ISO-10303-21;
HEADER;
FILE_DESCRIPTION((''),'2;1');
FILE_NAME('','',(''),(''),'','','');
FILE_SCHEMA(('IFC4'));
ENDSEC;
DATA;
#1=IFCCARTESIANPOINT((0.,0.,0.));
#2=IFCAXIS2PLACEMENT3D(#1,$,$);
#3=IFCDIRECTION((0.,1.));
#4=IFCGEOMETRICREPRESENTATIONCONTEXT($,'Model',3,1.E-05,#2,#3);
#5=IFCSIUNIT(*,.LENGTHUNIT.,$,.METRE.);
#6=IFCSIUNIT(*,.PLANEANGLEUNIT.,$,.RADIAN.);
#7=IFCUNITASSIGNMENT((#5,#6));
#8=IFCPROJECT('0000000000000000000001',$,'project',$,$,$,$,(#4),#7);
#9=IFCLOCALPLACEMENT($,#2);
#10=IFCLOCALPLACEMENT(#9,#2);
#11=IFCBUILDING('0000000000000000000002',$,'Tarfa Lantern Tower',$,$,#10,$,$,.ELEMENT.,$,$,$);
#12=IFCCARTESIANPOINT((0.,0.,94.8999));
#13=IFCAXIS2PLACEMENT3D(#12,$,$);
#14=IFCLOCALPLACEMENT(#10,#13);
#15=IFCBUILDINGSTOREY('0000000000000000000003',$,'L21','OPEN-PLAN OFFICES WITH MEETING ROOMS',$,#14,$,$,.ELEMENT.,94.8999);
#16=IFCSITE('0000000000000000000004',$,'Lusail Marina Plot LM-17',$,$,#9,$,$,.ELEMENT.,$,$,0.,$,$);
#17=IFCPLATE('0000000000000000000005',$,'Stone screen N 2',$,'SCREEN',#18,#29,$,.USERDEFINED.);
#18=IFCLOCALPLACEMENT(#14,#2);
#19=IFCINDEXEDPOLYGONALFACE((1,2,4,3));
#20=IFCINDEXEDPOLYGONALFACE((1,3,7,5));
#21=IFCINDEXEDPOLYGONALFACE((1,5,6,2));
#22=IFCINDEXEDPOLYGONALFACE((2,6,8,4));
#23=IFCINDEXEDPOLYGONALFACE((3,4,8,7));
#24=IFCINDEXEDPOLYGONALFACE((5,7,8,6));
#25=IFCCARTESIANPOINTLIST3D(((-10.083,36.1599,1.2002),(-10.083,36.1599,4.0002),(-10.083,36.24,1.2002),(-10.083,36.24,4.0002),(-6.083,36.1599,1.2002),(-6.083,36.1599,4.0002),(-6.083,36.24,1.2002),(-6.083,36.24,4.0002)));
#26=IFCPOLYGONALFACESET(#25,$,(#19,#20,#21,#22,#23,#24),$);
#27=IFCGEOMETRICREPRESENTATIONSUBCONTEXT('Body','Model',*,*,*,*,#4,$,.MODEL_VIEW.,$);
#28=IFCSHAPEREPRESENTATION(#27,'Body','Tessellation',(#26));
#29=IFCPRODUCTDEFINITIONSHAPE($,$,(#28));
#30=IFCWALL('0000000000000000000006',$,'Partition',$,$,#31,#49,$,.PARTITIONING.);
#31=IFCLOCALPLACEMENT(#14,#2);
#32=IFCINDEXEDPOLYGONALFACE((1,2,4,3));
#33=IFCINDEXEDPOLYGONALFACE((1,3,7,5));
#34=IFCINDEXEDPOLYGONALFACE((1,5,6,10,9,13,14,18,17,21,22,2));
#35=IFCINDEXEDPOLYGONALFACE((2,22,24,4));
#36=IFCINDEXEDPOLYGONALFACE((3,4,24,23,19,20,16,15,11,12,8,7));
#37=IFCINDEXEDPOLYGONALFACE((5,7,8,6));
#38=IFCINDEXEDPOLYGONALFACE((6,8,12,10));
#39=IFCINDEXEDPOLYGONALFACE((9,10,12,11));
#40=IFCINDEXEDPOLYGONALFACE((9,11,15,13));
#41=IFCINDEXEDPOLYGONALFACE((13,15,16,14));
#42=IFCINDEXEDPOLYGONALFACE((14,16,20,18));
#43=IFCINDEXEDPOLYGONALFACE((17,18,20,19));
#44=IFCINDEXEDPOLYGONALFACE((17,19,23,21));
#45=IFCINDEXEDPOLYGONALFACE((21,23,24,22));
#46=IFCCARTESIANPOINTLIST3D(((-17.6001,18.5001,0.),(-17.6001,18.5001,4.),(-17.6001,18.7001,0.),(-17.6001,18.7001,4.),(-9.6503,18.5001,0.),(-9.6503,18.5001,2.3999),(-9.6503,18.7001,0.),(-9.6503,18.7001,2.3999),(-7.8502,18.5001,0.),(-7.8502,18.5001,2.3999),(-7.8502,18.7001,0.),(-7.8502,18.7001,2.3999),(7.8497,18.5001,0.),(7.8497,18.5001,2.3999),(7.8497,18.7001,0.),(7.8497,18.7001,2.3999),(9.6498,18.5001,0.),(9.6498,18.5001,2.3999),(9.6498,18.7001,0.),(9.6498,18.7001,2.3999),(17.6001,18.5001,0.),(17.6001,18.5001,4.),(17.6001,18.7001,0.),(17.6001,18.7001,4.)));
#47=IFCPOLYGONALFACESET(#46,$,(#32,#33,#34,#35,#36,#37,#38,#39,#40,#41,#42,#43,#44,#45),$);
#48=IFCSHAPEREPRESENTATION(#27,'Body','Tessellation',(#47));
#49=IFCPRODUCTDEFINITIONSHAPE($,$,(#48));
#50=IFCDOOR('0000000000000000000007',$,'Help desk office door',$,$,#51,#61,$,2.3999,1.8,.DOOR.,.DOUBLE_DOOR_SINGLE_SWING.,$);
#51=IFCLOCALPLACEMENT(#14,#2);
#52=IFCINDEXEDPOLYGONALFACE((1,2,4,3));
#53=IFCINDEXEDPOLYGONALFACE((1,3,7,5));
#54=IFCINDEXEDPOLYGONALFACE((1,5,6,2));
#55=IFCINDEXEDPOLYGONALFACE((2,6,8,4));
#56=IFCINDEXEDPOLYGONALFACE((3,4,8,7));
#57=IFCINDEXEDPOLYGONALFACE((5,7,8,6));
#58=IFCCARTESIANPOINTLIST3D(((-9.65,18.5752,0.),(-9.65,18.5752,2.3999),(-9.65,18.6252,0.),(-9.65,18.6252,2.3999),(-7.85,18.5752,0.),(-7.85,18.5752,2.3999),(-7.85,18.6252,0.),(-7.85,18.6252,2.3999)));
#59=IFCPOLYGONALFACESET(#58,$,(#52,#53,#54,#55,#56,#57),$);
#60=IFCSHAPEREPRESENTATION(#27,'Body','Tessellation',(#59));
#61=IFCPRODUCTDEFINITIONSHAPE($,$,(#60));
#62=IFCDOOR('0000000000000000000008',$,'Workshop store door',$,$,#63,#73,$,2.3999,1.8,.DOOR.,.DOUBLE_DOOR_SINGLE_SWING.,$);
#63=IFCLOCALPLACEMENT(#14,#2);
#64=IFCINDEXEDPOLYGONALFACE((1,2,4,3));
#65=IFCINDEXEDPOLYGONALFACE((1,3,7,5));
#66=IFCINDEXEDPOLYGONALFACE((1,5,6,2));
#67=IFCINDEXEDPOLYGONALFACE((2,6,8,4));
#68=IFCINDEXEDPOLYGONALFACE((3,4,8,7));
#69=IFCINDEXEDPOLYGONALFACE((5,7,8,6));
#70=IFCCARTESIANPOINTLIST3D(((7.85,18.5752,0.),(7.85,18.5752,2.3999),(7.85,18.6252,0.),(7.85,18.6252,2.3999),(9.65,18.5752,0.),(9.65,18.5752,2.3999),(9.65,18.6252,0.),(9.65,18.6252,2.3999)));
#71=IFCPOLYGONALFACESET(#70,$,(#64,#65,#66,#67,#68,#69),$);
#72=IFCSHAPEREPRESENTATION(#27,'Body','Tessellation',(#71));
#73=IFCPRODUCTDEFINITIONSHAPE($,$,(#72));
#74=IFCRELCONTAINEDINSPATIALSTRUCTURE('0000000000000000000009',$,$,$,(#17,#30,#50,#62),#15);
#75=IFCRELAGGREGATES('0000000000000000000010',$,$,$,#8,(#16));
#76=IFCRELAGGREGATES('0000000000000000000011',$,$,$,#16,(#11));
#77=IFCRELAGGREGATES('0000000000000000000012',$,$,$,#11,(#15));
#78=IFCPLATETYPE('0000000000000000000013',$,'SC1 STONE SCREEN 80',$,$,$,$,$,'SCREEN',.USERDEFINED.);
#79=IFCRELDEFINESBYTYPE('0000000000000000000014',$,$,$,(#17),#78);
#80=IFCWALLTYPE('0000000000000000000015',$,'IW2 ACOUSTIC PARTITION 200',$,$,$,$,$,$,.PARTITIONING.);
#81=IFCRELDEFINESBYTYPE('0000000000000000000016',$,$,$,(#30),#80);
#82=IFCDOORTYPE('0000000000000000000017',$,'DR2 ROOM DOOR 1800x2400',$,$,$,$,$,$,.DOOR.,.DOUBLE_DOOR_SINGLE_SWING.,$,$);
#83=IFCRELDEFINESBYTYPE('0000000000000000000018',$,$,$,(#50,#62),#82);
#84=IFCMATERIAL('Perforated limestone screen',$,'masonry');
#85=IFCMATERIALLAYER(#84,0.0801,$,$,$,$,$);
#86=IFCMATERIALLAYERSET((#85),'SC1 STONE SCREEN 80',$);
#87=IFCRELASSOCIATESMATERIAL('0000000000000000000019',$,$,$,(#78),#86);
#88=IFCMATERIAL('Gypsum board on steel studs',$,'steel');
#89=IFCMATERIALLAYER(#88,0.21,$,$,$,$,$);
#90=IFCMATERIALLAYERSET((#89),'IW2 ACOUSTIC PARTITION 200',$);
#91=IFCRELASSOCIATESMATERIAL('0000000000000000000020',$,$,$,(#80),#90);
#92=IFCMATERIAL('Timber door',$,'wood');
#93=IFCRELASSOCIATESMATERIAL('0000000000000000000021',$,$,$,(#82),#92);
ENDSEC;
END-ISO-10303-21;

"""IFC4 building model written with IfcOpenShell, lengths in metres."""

from ifc_helpers import new_model, si_unit, direction, frame, frame_2d, origin, origin_2d, place, context, subcontext, project, spatial, rectangle, extrude, material, layer, layer_set, type_object, element, fill, save


model = new_model("IFC4")

# Units and contexts
model_context = context("Model", 3, precision=1e-05, world=origin(), true_north=direction((0.0, 1.0)))
body_context = subcontext(model_context, "Body", "Model", "MODEL_VIEW")
ifc_project = project(units=[si_unit("LENGTHUNIT", "METRE"), si_unit("PLANEANGLEUNIT", "RADIAN")], contexts=[model_context])

# Site, building, storey
site_placement = place(None, origin())
site = spatial("IfcSite", under=ifc_project, at=site_placement, Name="Lusail Marina Plot LM-17", CompositionType="ELEMENT", RefElevation=0.0)
building_placement = place(site_placement, origin())
building = spatial("IfcBuilding", under=site, at=building_placement, Name="Tarfa Lantern Tower", CompositionType="ELEMENT")
storey_placement = place(building_placement, frame((0.0, 0.0, 94.8999)))
storey = spatial("IfcBuildingStorey", under=building, at=storey_placement, Name="L21", Description="OPEN-PLAN OFFICES WITH MEETING ROOMS", CompositionType="ELEMENT", Elevation=94.8999)

# Plate
ifc_material_1 = material(Name="Perforated limestone screen", Category="masonry")
ifc_layer_1 = layer(ifc_material_1, 0.0801)
ifc_layer_set_1 = layer_set([ifc_layer_1], Name="SC1 STONE SCREEN 80")
plate_type_1 = type_object("IfcPlateType", Name="SC1 STONE SCREEN 80", ElementType="SCREEN", PredefinedType="USERDEFINED", material=ifc_layer_set_1)
plate_1_placement = place(storey_placement, frame((-8.083, 36.2, 1.2002), z_axis=(0.0, 0.0, 1.0), x_axis=(-1.0, 0.0, 0.0)))
element("IfcPlate", 1, at=plate_1_placement, inside=storey, type_object=plate_type_1, Name="Stone screen N 2", ObjectType="SCREEN", PredefinedType="USERDEFINED", context=body_context, shape_type="SweptSolid", body=[
    extrude(rectangle(XDim=4.0, YDim=0.0801, at=origin_2d()), origin(), (0.0, 0.0, 1.0), 2.8),
])

# Wall, openings, doors
ifc_material_2 = material(Name="Gypsum board on steel studs", Category="steel")
ifc_layer_2 = layer(ifc_material_2, 0.21)
ifc_layer_set_2 = layer_set([ifc_layer_2], Name="IW2 ACOUSTIC PARTITION 200")
wall_type = type_object("IfcWallType", Name="IW2 ACOUSTIC PARTITION 200", PredefinedType="PARTITIONING", material=ifc_layer_set_2)
wall_placement = place(storey_placement, frame((-17.6001, 18.6001, 0.0), z_axis=(0.0, 0.0, 1.0), x_axis=(1.0, 0.0, 0.0)))
wall = element("IfcWall", 2, at=wall_placement, inside=storey, type_object=wall_type, Name="Partition", PredefinedType="PARTITIONING", context=body_context, shape_type="SweptSolid", body=[
    extrude(rectangle(XDim=35.2002, YDim=0.2, at=frame_2d((17.6001, 0.0))), origin(), (0.0, 0.0, 1.0), 4.0),
])
opening_1_placement = place(wall_placement, frame((7.95, 0.0, 0.0)))
opening_1 = element("IfcOpeningElement", 3, at=opening_1_placement, cuts=wall, PredefinedType="OPENING", context=body_context, shape_type="SweptSolid", body=[
    extrude(rectangle(XDim=1.8, YDim=2.3999, at=frame_2d((0.8999, 1.2))), frame((0.0, 0.1099, 0.0), z_axis=(0.0, -1.0, 0.0), x_axis=(1.0, 0.0, 0.0)), (0.0, 0.0, 1.0), 0.22),
])
opening_2_placement = place(wall_placement, frame((25.45, 0.0, 0.0)))
opening_2 = element("IfcOpeningElement", 4, at=opening_2_placement, cuts=wall, PredefinedType="OPENING", context=body_context, shape_type="SweptSolid", body=[
    extrude(rectangle(XDim=1.8, YDim=2.3999, at=frame_2d((0.8999, 1.2))), frame((0.0, 0.1099, 0.0), z_axis=(0.0, -1.0, 0.0), x_axis=(1.0, 0.0, 0.0)), (0.0, 0.0, 1.0), 0.22),
])
ifc_material_3 = material(Name="Timber door", Category="wood")
door_type = type_object("IfcDoorType", Name="DR2 ROOM DOOR 1800x2400", OperationType="DOUBLE_DOOR_SINGLE_SWING", PredefinedType="DOOR", material=ifc_material_3)
door_1_placement = place(opening_1_placement, frame((1.8, 0.0, 0.0), z_axis=(0.0, 0.0, 1.0), x_axis=(-1.0, 0.0, 0.0)))
door_1 = element("IfcDoor", 5, at=door_1_placement, inside=storey, type_object=door_type, Name="Help desk office door", OperationType="DOUBLE_DOOR_SINGLE_SWING", OverallHeight=2.3999, OverallWidth=1.8, PredefinedType="DOOR", context=body_context, shape_type="SweptSolid", body=[
    extrude(rectangle(XDim=1.8, YDim=2.3999, at=frame_2d((0.8999, 1.2))), frame((0.0, 0.0249, 0.0), z_axis=(0.0, -1.0, 0.0), x_axis=(1.0, 0.0, 0.0)), (0.0, 0.0, 1.0), 0.05),
])
fill(opening_1, door_1)
door_2_placement = place(opening_2_placement, frame((1.8, 0.0, 0.0), z_axis=(0.0, 0.0, 1.0), x_axis=(-1.0, 0.0, 0.0)))
door_2 = element("IfcDoor", 6, at=door_2_placement, inside=storey, type_object=door_type, Name="Workshop store door", OperationType="DOUBLE_DOOR_SINGLE_SWING", OverallHeight=2.3999, OverallWidth=1.8, PredefinedType="DOOR", context=body_context, shape_type="SweptSolid", body=[
    extrude(rectangle(XDim=1.8, YDim=2.3999, at=frame_2d((0.8999, 1.2))), frame((0.0, 0.0249, 0.0), z_axis=(0.0, -1.0, 0.0), x_axis=(1.0, 0.0, 0.0)), (0.0, 0.0, 1.0), 0.05),
])
fill(opening_2, door_2)

save(model, "model.ifc")
